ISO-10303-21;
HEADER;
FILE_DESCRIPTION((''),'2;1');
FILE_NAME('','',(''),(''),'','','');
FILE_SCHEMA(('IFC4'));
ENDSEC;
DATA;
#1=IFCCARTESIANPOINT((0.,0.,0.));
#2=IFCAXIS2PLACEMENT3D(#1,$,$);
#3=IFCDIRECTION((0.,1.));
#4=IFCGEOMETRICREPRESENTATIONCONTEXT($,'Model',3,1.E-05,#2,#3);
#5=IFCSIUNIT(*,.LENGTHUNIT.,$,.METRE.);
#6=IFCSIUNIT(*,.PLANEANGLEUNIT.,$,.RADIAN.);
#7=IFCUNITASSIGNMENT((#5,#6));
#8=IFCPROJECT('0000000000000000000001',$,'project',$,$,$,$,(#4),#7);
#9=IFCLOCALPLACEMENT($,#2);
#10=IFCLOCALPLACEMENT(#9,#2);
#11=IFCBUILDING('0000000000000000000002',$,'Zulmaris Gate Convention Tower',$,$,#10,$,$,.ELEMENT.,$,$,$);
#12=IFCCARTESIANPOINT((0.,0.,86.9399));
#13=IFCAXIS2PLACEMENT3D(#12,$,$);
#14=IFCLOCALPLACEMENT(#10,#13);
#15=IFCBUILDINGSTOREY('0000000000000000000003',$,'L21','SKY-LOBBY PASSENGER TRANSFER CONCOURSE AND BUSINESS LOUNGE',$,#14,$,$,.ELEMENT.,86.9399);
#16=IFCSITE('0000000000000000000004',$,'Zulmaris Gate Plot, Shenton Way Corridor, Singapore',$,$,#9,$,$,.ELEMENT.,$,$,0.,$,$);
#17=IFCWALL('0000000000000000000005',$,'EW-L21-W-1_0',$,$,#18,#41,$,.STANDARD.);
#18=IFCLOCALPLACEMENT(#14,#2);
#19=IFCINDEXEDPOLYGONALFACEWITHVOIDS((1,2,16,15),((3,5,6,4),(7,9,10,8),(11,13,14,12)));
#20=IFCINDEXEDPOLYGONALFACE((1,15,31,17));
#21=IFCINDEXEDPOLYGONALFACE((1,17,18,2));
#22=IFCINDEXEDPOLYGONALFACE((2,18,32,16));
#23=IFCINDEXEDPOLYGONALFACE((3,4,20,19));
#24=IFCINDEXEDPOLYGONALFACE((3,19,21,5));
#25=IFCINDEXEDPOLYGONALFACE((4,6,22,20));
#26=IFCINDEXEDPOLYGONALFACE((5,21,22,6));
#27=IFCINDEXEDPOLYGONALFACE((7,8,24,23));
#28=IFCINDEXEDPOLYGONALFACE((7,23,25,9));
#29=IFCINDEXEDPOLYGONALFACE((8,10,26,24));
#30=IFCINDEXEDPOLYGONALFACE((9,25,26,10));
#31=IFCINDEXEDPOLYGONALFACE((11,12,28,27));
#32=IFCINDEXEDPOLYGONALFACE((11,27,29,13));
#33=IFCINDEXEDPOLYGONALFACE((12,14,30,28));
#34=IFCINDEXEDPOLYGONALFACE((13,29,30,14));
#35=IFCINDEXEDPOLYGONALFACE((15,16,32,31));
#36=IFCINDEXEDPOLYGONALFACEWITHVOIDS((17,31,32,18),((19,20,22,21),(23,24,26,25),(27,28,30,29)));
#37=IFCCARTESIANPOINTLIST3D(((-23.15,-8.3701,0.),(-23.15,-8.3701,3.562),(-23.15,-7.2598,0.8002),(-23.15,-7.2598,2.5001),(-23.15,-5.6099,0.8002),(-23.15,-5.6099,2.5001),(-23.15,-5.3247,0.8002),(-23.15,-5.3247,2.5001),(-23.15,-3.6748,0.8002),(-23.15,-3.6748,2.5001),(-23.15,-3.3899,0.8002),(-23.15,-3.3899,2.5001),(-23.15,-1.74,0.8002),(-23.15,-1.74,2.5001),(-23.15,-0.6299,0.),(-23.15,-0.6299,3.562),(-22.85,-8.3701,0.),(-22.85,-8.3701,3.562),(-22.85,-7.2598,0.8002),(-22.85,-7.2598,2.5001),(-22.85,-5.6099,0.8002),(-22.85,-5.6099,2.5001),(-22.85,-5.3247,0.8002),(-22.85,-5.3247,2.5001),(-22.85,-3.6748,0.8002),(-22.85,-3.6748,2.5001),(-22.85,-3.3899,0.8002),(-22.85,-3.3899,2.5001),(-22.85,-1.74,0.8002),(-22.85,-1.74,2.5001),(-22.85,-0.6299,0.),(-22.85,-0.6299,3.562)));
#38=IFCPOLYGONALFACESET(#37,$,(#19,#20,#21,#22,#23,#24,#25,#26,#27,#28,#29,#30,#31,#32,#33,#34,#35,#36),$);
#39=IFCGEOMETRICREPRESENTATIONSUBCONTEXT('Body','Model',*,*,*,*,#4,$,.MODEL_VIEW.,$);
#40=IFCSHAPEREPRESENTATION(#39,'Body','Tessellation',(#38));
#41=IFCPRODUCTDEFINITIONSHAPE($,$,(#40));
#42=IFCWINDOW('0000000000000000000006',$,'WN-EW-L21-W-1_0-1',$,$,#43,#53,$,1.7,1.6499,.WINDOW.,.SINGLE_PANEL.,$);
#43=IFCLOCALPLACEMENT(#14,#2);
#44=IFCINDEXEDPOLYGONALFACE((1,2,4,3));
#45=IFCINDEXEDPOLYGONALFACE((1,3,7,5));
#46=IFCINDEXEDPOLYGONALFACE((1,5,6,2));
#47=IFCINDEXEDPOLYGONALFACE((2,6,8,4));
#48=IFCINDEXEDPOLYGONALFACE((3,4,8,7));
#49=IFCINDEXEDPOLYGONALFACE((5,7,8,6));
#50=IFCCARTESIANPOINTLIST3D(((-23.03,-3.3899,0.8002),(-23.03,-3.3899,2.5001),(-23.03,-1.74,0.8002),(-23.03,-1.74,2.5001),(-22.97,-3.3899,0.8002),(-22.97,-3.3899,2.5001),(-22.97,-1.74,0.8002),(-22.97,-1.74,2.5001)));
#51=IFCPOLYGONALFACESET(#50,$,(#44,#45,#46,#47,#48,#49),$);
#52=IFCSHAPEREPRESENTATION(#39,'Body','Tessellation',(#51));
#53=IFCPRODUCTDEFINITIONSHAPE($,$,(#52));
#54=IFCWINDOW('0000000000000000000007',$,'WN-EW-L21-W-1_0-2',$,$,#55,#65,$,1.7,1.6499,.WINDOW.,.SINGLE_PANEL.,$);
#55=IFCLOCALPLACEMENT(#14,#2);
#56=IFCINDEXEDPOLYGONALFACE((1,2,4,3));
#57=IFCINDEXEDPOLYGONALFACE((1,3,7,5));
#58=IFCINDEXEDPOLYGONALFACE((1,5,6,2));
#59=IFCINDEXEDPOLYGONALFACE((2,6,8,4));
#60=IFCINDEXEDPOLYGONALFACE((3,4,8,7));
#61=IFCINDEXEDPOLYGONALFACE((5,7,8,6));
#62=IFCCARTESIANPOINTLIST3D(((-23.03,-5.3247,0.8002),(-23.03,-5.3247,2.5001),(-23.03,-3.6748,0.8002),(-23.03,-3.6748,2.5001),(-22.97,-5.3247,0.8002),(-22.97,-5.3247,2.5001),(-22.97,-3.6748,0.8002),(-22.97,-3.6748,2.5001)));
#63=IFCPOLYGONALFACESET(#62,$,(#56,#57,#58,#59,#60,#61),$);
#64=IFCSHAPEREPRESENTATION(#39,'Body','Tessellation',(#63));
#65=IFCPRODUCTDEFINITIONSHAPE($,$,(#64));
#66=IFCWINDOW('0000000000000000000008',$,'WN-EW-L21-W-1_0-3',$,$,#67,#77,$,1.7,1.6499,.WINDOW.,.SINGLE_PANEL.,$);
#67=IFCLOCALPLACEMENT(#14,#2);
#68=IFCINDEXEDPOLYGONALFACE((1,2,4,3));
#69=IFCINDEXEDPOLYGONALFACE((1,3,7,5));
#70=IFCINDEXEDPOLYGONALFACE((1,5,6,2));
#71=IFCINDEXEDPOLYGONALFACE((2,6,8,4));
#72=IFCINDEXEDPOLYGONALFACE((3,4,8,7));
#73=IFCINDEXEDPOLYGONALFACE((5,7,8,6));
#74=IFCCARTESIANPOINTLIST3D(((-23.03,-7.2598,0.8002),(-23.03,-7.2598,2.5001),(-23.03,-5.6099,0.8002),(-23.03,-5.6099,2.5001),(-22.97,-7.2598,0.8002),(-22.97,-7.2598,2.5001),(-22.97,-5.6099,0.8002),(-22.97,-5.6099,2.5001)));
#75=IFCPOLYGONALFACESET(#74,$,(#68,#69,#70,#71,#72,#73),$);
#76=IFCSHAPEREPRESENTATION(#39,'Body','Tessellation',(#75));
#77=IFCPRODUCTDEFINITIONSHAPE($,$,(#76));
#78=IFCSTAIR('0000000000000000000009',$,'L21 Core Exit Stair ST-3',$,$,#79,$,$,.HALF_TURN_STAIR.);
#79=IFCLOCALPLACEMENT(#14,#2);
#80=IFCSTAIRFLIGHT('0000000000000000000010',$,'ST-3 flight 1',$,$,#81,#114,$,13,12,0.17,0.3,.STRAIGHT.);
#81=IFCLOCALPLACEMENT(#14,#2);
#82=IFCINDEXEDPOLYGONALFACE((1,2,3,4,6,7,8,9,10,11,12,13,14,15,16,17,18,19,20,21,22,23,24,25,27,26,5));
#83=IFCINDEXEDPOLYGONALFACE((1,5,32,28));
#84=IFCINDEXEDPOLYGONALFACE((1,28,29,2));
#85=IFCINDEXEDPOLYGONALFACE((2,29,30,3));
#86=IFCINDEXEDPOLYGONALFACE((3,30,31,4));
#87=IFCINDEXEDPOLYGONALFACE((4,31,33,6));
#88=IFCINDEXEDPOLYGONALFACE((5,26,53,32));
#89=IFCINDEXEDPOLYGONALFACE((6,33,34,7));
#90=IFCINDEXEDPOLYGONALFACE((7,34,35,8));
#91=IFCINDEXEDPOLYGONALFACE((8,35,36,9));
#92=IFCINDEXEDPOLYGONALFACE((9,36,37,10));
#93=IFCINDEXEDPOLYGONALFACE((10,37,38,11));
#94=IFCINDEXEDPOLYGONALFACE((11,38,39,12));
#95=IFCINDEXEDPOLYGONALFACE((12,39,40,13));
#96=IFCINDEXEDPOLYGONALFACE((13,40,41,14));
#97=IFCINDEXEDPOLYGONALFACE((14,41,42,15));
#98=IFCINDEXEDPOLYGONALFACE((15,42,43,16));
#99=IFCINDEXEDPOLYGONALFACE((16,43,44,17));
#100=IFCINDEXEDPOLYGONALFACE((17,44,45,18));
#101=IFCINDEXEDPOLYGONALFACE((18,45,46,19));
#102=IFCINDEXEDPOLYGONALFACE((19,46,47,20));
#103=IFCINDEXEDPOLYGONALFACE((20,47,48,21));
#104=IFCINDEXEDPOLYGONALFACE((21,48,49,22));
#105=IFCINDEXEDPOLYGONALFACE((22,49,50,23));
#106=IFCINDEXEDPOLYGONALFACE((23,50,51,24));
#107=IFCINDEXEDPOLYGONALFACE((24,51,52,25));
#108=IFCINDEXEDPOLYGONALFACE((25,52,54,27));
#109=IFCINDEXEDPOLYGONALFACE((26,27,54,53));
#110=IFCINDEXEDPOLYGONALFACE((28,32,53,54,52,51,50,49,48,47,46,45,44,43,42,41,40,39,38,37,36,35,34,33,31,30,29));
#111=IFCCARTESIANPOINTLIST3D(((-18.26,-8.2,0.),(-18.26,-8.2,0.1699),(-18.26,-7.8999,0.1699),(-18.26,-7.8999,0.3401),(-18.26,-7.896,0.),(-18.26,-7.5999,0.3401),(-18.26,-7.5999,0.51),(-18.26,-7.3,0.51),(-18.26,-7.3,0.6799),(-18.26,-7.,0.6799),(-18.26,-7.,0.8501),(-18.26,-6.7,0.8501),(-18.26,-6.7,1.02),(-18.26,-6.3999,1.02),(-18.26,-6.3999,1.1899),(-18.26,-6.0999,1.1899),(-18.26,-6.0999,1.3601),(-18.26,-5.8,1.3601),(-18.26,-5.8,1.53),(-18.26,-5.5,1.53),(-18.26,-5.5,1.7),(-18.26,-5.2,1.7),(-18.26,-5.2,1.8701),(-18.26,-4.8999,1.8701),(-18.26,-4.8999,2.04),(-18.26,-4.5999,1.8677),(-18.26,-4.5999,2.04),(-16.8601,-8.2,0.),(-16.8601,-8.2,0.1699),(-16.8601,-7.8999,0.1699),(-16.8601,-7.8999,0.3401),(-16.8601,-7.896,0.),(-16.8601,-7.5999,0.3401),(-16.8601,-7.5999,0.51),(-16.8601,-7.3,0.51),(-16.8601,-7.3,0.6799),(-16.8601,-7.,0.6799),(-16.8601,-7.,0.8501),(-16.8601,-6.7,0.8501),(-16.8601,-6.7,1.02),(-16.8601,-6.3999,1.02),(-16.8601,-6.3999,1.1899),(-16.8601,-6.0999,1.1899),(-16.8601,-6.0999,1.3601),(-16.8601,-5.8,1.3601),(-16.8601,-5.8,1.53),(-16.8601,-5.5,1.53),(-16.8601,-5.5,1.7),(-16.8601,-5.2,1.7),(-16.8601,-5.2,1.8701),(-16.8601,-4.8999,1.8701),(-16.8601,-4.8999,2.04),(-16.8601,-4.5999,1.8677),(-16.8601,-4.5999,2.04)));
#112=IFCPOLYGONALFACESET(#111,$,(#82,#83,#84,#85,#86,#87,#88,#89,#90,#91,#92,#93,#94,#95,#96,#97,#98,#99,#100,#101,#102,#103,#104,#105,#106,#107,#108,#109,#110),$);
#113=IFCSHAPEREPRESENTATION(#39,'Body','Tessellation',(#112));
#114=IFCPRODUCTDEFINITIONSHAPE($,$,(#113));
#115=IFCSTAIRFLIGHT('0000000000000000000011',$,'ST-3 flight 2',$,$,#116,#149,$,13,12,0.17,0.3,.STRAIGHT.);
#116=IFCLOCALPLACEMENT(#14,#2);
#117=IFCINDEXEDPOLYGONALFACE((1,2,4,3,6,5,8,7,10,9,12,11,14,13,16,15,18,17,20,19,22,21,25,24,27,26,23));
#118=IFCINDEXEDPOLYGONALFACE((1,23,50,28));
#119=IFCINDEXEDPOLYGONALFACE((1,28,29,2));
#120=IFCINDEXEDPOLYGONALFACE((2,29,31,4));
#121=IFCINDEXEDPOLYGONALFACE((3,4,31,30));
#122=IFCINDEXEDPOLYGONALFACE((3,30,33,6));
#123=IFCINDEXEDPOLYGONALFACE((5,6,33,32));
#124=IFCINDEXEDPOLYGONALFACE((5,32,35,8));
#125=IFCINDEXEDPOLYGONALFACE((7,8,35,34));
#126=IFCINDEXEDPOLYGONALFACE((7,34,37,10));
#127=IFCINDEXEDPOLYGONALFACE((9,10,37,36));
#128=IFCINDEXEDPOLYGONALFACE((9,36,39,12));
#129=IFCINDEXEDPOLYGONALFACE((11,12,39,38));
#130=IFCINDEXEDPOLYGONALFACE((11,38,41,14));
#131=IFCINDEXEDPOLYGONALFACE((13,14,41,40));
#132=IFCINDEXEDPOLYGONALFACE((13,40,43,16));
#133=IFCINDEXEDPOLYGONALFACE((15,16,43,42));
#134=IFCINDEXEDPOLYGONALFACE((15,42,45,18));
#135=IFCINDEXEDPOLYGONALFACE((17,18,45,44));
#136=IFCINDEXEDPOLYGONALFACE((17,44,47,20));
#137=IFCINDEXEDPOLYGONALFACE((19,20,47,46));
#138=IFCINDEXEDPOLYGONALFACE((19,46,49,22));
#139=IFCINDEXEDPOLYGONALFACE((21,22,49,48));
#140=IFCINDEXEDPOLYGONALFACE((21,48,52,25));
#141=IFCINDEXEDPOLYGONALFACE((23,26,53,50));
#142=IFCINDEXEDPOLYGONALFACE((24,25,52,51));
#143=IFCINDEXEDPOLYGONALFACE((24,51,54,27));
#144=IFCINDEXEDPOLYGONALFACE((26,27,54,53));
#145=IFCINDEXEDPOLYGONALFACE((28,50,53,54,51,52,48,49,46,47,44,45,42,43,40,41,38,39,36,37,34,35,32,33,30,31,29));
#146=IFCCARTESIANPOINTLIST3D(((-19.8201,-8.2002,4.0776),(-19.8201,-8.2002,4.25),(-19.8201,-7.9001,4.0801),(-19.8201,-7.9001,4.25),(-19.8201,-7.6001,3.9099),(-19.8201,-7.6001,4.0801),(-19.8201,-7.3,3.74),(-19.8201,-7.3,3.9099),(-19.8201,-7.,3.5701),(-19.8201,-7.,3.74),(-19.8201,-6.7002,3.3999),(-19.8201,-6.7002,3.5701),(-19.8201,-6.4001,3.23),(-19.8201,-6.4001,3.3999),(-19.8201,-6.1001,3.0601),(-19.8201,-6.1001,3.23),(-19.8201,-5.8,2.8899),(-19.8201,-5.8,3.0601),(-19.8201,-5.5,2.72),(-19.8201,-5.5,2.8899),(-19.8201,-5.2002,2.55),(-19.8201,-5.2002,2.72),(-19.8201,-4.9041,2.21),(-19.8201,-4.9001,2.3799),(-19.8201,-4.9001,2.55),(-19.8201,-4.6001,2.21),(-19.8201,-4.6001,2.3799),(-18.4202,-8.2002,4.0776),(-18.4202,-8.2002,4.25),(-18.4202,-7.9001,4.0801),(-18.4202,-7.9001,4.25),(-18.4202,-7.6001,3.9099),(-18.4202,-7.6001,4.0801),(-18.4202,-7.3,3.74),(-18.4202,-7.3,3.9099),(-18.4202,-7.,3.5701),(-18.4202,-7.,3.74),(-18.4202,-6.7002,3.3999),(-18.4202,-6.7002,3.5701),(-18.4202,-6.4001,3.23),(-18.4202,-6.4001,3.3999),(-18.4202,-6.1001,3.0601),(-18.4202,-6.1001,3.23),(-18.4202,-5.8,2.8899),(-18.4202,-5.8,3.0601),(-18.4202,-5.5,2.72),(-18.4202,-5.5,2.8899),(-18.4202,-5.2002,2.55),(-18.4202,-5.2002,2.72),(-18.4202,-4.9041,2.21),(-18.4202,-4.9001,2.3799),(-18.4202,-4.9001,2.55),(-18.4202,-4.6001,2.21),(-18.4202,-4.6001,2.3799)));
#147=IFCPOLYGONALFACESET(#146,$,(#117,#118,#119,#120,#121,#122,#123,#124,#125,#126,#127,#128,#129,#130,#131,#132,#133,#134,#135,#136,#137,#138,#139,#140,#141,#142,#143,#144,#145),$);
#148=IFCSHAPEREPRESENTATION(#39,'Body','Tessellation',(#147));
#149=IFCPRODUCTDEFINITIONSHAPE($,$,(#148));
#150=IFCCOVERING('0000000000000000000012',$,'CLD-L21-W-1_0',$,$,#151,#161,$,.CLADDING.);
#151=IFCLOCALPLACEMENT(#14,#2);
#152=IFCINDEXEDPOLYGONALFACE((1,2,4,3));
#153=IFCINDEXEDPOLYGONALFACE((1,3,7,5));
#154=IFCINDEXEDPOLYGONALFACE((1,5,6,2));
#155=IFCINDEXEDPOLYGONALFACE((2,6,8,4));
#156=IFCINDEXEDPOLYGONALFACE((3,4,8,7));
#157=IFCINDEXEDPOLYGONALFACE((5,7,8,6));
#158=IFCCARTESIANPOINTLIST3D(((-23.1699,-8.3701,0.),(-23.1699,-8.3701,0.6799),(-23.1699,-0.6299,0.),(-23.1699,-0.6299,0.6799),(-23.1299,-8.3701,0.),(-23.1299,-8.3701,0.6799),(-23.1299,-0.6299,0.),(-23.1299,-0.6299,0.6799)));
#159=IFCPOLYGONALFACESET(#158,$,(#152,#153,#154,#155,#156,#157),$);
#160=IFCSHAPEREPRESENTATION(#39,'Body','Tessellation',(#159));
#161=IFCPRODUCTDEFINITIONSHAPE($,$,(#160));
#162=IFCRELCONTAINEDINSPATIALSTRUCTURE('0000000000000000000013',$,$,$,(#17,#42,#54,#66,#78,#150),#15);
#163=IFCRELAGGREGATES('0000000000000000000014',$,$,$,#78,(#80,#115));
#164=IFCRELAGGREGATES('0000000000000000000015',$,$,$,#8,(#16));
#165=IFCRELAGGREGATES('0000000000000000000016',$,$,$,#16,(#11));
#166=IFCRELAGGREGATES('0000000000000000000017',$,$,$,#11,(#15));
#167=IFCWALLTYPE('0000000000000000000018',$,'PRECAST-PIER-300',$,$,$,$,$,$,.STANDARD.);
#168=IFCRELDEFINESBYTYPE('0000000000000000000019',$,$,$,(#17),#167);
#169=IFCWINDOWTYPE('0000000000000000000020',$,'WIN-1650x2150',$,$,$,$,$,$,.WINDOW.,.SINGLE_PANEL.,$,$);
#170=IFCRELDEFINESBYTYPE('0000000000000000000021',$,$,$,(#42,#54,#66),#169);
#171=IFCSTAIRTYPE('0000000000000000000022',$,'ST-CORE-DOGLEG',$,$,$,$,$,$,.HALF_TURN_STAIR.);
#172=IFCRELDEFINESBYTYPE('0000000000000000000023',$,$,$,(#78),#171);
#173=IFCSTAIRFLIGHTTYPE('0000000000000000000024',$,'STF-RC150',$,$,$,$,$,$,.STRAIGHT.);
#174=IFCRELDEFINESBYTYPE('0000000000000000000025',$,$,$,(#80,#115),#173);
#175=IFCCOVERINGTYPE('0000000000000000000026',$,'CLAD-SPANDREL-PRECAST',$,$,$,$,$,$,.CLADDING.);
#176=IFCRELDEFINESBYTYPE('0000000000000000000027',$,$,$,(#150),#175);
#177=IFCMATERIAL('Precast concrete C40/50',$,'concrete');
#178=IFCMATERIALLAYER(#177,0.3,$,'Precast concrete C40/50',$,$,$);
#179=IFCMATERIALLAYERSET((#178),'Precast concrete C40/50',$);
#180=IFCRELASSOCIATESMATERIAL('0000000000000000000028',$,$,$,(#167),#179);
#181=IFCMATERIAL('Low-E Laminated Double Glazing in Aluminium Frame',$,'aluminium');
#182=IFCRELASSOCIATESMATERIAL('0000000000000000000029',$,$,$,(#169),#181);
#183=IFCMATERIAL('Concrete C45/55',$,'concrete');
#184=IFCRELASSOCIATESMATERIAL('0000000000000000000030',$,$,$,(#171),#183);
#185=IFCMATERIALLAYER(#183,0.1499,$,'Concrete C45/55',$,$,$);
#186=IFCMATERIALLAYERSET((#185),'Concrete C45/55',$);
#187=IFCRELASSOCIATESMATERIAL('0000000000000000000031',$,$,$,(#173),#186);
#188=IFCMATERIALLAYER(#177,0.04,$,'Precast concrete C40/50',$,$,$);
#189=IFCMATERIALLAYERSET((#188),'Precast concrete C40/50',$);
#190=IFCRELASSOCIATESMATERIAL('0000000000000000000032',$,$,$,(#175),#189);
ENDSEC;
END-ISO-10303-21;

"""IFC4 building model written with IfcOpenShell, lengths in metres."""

from ifc_helpers import new_model, si_unit, direction, frame, frame_2d, origin, place, context, subcontext, project, spatial, polyline, rectangle, outline, extrude, material, layer, layer_set, type_object, element, fill, aggregate, save


model = new_model("IFC4")

# Units and contexts
model_context = context("Model", 3, precision=1e-05, world=origin(), true_north=direction((0.0, 1.0)))
body_context = subcontext(model_context, "Body", "Model", "MODEL_VIEW")
ifc_project = project(units=[si_unit("LENGTHUNIT", "METRE"), si_unit("PLANEANGLEUNIT", "RADIAN")], contexts=[model_context])

# Site, building, storey
site_placement = place(None, origin())
site = spatial("IfcSite", under=ifc_project, at=site_placement, Name="Zulmaris Gate Plot, Shenton Way Corridor, Singapore", CompositionType="ELEMENT", RefElevation=0.0)
building_placement = place(site_placement, origin())
building = spatial("IfcBuilding", under=site, at=building_placement, Name="Zulmaris Gate Convention Tower", CompositionType="ELEMENT")
storey_placement = place(building_placement, frame((0.0, 0.0, 86.9399)))
storey = spatial("IfcBuildingStorey", under=building, at=storey_placement, Name="L21", Description="SKY-LOBBY PASSENGER TRANSFER CONCOURSE AND BUSINESS LOUNGE", CompositionType="ELEMENT", Elevation=86.9399)

# Wall, openings, windows
ifc_material_1 = material(Name="Precast concrete C40/50", Category="concrete")
ifc_layer_1 = layer(ifc_material_1, 0.3, Name="Precast concrete C40/50")
ifc_layer_set_1 = layer_set([ifc_layer_1], Name="Precast concrete C40/50")
wall_type_1 = type_object("IfcWallType", Name="PRECAST-PIER-300", PredefinedType="STANDARD", material=ifc_layer_set_1)
wall_1_placement = place(storey_placement, frame((-23.0, -0.6299, 0.0), z_axis=(0.0, 0.0, 1.0), x_axis=(0.0, -1.0, 0.0)))
wall_1 = element("IfcWall", 1, at=wall_1_placement, inside=storey, type_object=wall_type_1, Name="EW-L21-W-1_0", PredefinedType="STANDARD", context=body_context, shape_type="SweptSolid", body=[
    extrude(rectangle(XDim=7.7402, YDim=0.3, at=frame_2d((3.8701, 0.0))), origin(), (0.0, 0.0, 1.0), 3.562),
])
opening_1_placement = place(wall_1_placement, frame((1.1101, 0.0, 0.8)))
opening_1 = element("IfcOpeningElement", 2, at=opening_1_placement, cuts=wall_1, PredefinedType="OPENING", context=body_context, shape_type="SweptSolid", body=[
    extrude(rectangle(XDim=1.6499, YDim=1.7, at=frame_2d((0.825, 0.8501))), frame((0.0, 0.1602, 0.0), z_axis=(0.0, -1.0, 0.0), x_axis=(1.0, 0.0, 0.0)), (0.0, 0.0, 1.0), 0.3201),
])
opening_2_placement = place(wall_1_placement, frame((3.0449, 0.0, 0.8)))
opening_2 = element("IfcOpeningElement", 3, at=opening_2_placement, cuts=wall_1, PredefinedType="OPENING", context=body_context, shape_type="SweptSolid", body=[
    extrude(rectangle(XDim=1.6499, YDim=1.7, at=frame_2d((0.825, 0.8501))), frame((0.0, 0.1602, 0.0), z_axis=(0.0, -1.0, 0.0), x_axis=(1.0, 0.0, 0.0)), (0.0, 0.0, 1.0), 0.3201),
])
opening_3_placement = place(wall_1_placement, frame((4.98, 0.0, 0.8)))
opening_3 = element("IfcOpeningElement", 4, at=opening_3_placement, cuts=wall_1, PredefinedType="OPENING", context=body_context, shape_type="SweptSolid", body=[
    extrude(rectangle(XDim=1.6499, YDim=1.7, at=frame_2d((0.825, 0.8501))), frame((0.0, 0.1602, 0.0), z_axis=(0.0, -1.0, 0.0), x_axis=(1.0, 0.0, 0.0)), (0.0, 0.0, 1.0), 0.3201),
])
ifc_material_2 = material(Name="Low-E Laminated Double Glazing in Aluminium Frame", Category="aluminium")
window_type = type_object("IfcWindowType", Name="WIN-1650x2150", PartitioningType="SINGLE_PANEL", PredefinedType="WINDOW", material=ifc_material_2)
window_1_placement = place(opening_1_placement, origin())
window_1 = element("IfcWindow", 5, at=window_1_placement, inside=storey, type_object=window_type, Name="WN-EW-L21-W-1_0-1", OverallHeight=1.7, OverallWidth=1.6499, PartitioningType="SINGLE_PANEL", PredefinedType="WINDOW", context=body_context, shape_type="SweptSolid", body=[
    extrude(rectangle(XDim=1.6499, YDim=1.7, at=frame_2d((0.825, 0.8501))), frame((0.0, 0.03, 0.0), z_axis=(0.0, -1.0, 0.0), x_axis=(1.0, 0.0, 0.0)), (0.0, 0.0, 1.0), 0.0601),
])
fill(opening_1, window_1)
window_2_placement = place(opening_2_placement, origin())
window_2 = element("IfcWindow", 6, at=window_2_placement, inside=storey, type_object=window_type, Name="WN-EW-L21-W-1_0-2", OverallHeight=1.7, OverallWidth=1.6499, PartitioningType="SINGLE_PANEL", PredefinedType="WINDOW", context=body_context, shape_type="SweptSolid", body=[
    extrude(rectangle(XDim=1.6499, YDim=1.7, at=frame_2d((0.825, 0.8501))), frame((0.0, 0.03, 0.0), z_axis=(0.0, -1.0, 0.0), x_axis=(1.0, 0.0, 0.0)), (0.0, 0.0, 1.0), 0.0601),
])
fill(opening_2, window_2)
window_3_placement = place(opening_3_placement, origin())
window_3 = element("IfcWindow", 7, at=window_3_placement, inside=storey, type_object=window_type, Name="WN-EW-L21-W-1_0-3", OverallHeight=1.7, OverallWidth=1.6499, PartitioningType="SINGLE_PANEL", PredefinedType="WINDOW", context=body_context, shape_type="SweptSolid", body=[
    extrude(rectangle(XDim=1.6499, YDim=1.7, at=frame_2d((0.825, 0.8501))), frame((0.0, 0.03, 0.0), z_axis=(0.0, -1.0, 0.0), x_axis=(1.0, 0.0, 0.0)), (0.0, 0.0, 1.0), 0.0601),
])
fill(opening_3, window_3)

# Stair, stair flights
ifc_material_3 = material(Name="Concrete C45/55", Category="concrete")
stair_type = type_object("IfcStairType", Name="ST-CORE-DOGLEG", PredefinedType="HALF_TURN_STAIR", material=ifc_material_3)
stair_placement = place(storey_placement, origin())
stair = element("IfcStair", 8, at=stair_placement, inside=storey, type_object=stair_type, Name="L21 Core Exit Stair ST-3", PredefinedType="HALF_TURN_STAIR")
ifc_layer_2 = layer(ifc_material_3, 0.1499, Name="Concrete C45/55")
ifc_layer_set_2 = layer_set([ifc_layer_2], Name="Concrete C45/55")
stair_flight_type = type_object("IfcStairFlightType", Name="STF-RC150", PredefinedType="STRAIGHT", material=ifc_layer_set_2)
stair_flight_1_placement = place(storey_placement, frame((-17.5601, -8.2, 0.0), z_axis=(0.0, 0.0, 1.0), x_axis=(0.0, 1.0, 0.0)))
stair_flight_1 = element("IfcStairFlight", 9, at=stair_flight_1_placement, type_object=stair_flight_type, Name="ST-3 flight 1", NumberOfRisers=13, NumberOfTreads=12, PredefinedType="STRAIGHT", RiserHeight=0.17, TreadLength=0.3, context=body_context, shape_type="SweptSolid", body=[
    extrude(outline(polyline([(0.0, 0.0), (0.0, 0.1699), (0.3, 0.1699), (0.3, 0.3401), (0.6001, 0.3401), (0.6001, 0.51), (0.8999, 0.51), (0.8999, 0.6799), (1.2, 0.6799), (1.2, 0.8501), (1.5, 0.8501), (1.5, 1.02), (1.8, 1.02), (1.8, 1.1899), (2.1001, 1.1899), (2.1001, 1.3601), (2.3999, 1.3601), (2.3999, 1.53), (2.7, 1.53), (2.7, 1.7), (3.0, 1.7), (3.0, 1.8701), (3.3, 1.8701), (3.3, 2.04), (3.6001, 2.04), (3.6001, 2.21), (3.6001, 1.8677), (0.304, 0.0), (0.0, 0.0)])), frame((0.0, 0.7, 0.0), z_axis=(0.0, -1.0, 0.0), x_axis=(1.0, 0.0, 0.0)), (0.0, 0.0, 1.0), 1.3999),
])
stair_flight_2_placement = place(storey_placement, frame((-19.1201, -4.6001, 2.21), z_axis=(0.0, 0.0, 1.0), x_axis=(0.0, -1.0, 0.0)))
stair_flight_2 = element("IfcStairFlight", 10, at=stair_flight_2_placement, type_object=stair_flight_type, Name="ST-3 flight 2", NumberOfRisers=13, NumberOfTreads=12, PredefinedType="STRAIGHT", RiserHeight=0.17, TreadLength=0.3, context=body_context, shape_type="SweptSolid", body=[
    extrude(outline(polyline([(0.0, 0.0), (0.0, 0.1699), (0.3, 0.1699), (0.3, 0.3401), (0.6001, 0.3401), (0.6001, 0.51), (0.8999, 0.51), (0.8999, 0.6799), (1.2, 0.6799), (1.2, 0.8501), (1.5, 0.8501), (1.5, 1.02), (1.8, 1.02), (1.8, 1.1899), (2.1001, 1.1899), (2.1001, 1.3601), (2.3999, 1.3601), (2.3999, 1.53), (2.7, 1.53), (2.7, 1.7), (3.0, 1.7), (3.0, 1.8701), (3.3, 1.8701), (3.3, 2.04), (3.6001, 2.04), (3.6001, 2.21), (3.6001, 1.8677), (0.304, 0.0), (0.0, 0.0)])), frame((0.0, 0.7, 0.0), z_axis=(0.0, -1.0, 0.0), x_axis=(1.0, 0.0, 0.0)), (0.0, 0.0, 1.0), 1.3999),
])
aggregate(stair, [stair_flight_1, stair_flight_2])

# Covering
ifc_layer_3 = layer(ifc_material_1, 0.04, Name="Precast concrete C40/50")
ifc_layer_set_3 = layer_set([ifc_layer_3], Name="Precast concrete C40/50")
covering_type = type_object("IfcCoveringType", Name="CLAD-SPANDREL-PRECAST", PredefinedType="CLADDING", material=ifc_layer_set_3)
covering_placement = place(storey_placement, frame((-23.1499, -0.6299, 0.0), z_axis=(0.0, 0.0, 1.0), x_axis=(0.0, -1.0, 0.0)))
element("IfcCovering", 11, at=covering_placement, inside=storey, type_object=covering_type, Name="CLD-L21-W-1_0", PredefinedType="CLADDING", context=body_context, shape_type="SweptSolid", body=[
    extrude(rectangle(XDim=7.7402, YDim=0.04, at=frame_2d((3.8701, 0.0))), origin(), (0.0, 0.0, 1.0), 0.6799),
])

save(model, "model.ifc")
